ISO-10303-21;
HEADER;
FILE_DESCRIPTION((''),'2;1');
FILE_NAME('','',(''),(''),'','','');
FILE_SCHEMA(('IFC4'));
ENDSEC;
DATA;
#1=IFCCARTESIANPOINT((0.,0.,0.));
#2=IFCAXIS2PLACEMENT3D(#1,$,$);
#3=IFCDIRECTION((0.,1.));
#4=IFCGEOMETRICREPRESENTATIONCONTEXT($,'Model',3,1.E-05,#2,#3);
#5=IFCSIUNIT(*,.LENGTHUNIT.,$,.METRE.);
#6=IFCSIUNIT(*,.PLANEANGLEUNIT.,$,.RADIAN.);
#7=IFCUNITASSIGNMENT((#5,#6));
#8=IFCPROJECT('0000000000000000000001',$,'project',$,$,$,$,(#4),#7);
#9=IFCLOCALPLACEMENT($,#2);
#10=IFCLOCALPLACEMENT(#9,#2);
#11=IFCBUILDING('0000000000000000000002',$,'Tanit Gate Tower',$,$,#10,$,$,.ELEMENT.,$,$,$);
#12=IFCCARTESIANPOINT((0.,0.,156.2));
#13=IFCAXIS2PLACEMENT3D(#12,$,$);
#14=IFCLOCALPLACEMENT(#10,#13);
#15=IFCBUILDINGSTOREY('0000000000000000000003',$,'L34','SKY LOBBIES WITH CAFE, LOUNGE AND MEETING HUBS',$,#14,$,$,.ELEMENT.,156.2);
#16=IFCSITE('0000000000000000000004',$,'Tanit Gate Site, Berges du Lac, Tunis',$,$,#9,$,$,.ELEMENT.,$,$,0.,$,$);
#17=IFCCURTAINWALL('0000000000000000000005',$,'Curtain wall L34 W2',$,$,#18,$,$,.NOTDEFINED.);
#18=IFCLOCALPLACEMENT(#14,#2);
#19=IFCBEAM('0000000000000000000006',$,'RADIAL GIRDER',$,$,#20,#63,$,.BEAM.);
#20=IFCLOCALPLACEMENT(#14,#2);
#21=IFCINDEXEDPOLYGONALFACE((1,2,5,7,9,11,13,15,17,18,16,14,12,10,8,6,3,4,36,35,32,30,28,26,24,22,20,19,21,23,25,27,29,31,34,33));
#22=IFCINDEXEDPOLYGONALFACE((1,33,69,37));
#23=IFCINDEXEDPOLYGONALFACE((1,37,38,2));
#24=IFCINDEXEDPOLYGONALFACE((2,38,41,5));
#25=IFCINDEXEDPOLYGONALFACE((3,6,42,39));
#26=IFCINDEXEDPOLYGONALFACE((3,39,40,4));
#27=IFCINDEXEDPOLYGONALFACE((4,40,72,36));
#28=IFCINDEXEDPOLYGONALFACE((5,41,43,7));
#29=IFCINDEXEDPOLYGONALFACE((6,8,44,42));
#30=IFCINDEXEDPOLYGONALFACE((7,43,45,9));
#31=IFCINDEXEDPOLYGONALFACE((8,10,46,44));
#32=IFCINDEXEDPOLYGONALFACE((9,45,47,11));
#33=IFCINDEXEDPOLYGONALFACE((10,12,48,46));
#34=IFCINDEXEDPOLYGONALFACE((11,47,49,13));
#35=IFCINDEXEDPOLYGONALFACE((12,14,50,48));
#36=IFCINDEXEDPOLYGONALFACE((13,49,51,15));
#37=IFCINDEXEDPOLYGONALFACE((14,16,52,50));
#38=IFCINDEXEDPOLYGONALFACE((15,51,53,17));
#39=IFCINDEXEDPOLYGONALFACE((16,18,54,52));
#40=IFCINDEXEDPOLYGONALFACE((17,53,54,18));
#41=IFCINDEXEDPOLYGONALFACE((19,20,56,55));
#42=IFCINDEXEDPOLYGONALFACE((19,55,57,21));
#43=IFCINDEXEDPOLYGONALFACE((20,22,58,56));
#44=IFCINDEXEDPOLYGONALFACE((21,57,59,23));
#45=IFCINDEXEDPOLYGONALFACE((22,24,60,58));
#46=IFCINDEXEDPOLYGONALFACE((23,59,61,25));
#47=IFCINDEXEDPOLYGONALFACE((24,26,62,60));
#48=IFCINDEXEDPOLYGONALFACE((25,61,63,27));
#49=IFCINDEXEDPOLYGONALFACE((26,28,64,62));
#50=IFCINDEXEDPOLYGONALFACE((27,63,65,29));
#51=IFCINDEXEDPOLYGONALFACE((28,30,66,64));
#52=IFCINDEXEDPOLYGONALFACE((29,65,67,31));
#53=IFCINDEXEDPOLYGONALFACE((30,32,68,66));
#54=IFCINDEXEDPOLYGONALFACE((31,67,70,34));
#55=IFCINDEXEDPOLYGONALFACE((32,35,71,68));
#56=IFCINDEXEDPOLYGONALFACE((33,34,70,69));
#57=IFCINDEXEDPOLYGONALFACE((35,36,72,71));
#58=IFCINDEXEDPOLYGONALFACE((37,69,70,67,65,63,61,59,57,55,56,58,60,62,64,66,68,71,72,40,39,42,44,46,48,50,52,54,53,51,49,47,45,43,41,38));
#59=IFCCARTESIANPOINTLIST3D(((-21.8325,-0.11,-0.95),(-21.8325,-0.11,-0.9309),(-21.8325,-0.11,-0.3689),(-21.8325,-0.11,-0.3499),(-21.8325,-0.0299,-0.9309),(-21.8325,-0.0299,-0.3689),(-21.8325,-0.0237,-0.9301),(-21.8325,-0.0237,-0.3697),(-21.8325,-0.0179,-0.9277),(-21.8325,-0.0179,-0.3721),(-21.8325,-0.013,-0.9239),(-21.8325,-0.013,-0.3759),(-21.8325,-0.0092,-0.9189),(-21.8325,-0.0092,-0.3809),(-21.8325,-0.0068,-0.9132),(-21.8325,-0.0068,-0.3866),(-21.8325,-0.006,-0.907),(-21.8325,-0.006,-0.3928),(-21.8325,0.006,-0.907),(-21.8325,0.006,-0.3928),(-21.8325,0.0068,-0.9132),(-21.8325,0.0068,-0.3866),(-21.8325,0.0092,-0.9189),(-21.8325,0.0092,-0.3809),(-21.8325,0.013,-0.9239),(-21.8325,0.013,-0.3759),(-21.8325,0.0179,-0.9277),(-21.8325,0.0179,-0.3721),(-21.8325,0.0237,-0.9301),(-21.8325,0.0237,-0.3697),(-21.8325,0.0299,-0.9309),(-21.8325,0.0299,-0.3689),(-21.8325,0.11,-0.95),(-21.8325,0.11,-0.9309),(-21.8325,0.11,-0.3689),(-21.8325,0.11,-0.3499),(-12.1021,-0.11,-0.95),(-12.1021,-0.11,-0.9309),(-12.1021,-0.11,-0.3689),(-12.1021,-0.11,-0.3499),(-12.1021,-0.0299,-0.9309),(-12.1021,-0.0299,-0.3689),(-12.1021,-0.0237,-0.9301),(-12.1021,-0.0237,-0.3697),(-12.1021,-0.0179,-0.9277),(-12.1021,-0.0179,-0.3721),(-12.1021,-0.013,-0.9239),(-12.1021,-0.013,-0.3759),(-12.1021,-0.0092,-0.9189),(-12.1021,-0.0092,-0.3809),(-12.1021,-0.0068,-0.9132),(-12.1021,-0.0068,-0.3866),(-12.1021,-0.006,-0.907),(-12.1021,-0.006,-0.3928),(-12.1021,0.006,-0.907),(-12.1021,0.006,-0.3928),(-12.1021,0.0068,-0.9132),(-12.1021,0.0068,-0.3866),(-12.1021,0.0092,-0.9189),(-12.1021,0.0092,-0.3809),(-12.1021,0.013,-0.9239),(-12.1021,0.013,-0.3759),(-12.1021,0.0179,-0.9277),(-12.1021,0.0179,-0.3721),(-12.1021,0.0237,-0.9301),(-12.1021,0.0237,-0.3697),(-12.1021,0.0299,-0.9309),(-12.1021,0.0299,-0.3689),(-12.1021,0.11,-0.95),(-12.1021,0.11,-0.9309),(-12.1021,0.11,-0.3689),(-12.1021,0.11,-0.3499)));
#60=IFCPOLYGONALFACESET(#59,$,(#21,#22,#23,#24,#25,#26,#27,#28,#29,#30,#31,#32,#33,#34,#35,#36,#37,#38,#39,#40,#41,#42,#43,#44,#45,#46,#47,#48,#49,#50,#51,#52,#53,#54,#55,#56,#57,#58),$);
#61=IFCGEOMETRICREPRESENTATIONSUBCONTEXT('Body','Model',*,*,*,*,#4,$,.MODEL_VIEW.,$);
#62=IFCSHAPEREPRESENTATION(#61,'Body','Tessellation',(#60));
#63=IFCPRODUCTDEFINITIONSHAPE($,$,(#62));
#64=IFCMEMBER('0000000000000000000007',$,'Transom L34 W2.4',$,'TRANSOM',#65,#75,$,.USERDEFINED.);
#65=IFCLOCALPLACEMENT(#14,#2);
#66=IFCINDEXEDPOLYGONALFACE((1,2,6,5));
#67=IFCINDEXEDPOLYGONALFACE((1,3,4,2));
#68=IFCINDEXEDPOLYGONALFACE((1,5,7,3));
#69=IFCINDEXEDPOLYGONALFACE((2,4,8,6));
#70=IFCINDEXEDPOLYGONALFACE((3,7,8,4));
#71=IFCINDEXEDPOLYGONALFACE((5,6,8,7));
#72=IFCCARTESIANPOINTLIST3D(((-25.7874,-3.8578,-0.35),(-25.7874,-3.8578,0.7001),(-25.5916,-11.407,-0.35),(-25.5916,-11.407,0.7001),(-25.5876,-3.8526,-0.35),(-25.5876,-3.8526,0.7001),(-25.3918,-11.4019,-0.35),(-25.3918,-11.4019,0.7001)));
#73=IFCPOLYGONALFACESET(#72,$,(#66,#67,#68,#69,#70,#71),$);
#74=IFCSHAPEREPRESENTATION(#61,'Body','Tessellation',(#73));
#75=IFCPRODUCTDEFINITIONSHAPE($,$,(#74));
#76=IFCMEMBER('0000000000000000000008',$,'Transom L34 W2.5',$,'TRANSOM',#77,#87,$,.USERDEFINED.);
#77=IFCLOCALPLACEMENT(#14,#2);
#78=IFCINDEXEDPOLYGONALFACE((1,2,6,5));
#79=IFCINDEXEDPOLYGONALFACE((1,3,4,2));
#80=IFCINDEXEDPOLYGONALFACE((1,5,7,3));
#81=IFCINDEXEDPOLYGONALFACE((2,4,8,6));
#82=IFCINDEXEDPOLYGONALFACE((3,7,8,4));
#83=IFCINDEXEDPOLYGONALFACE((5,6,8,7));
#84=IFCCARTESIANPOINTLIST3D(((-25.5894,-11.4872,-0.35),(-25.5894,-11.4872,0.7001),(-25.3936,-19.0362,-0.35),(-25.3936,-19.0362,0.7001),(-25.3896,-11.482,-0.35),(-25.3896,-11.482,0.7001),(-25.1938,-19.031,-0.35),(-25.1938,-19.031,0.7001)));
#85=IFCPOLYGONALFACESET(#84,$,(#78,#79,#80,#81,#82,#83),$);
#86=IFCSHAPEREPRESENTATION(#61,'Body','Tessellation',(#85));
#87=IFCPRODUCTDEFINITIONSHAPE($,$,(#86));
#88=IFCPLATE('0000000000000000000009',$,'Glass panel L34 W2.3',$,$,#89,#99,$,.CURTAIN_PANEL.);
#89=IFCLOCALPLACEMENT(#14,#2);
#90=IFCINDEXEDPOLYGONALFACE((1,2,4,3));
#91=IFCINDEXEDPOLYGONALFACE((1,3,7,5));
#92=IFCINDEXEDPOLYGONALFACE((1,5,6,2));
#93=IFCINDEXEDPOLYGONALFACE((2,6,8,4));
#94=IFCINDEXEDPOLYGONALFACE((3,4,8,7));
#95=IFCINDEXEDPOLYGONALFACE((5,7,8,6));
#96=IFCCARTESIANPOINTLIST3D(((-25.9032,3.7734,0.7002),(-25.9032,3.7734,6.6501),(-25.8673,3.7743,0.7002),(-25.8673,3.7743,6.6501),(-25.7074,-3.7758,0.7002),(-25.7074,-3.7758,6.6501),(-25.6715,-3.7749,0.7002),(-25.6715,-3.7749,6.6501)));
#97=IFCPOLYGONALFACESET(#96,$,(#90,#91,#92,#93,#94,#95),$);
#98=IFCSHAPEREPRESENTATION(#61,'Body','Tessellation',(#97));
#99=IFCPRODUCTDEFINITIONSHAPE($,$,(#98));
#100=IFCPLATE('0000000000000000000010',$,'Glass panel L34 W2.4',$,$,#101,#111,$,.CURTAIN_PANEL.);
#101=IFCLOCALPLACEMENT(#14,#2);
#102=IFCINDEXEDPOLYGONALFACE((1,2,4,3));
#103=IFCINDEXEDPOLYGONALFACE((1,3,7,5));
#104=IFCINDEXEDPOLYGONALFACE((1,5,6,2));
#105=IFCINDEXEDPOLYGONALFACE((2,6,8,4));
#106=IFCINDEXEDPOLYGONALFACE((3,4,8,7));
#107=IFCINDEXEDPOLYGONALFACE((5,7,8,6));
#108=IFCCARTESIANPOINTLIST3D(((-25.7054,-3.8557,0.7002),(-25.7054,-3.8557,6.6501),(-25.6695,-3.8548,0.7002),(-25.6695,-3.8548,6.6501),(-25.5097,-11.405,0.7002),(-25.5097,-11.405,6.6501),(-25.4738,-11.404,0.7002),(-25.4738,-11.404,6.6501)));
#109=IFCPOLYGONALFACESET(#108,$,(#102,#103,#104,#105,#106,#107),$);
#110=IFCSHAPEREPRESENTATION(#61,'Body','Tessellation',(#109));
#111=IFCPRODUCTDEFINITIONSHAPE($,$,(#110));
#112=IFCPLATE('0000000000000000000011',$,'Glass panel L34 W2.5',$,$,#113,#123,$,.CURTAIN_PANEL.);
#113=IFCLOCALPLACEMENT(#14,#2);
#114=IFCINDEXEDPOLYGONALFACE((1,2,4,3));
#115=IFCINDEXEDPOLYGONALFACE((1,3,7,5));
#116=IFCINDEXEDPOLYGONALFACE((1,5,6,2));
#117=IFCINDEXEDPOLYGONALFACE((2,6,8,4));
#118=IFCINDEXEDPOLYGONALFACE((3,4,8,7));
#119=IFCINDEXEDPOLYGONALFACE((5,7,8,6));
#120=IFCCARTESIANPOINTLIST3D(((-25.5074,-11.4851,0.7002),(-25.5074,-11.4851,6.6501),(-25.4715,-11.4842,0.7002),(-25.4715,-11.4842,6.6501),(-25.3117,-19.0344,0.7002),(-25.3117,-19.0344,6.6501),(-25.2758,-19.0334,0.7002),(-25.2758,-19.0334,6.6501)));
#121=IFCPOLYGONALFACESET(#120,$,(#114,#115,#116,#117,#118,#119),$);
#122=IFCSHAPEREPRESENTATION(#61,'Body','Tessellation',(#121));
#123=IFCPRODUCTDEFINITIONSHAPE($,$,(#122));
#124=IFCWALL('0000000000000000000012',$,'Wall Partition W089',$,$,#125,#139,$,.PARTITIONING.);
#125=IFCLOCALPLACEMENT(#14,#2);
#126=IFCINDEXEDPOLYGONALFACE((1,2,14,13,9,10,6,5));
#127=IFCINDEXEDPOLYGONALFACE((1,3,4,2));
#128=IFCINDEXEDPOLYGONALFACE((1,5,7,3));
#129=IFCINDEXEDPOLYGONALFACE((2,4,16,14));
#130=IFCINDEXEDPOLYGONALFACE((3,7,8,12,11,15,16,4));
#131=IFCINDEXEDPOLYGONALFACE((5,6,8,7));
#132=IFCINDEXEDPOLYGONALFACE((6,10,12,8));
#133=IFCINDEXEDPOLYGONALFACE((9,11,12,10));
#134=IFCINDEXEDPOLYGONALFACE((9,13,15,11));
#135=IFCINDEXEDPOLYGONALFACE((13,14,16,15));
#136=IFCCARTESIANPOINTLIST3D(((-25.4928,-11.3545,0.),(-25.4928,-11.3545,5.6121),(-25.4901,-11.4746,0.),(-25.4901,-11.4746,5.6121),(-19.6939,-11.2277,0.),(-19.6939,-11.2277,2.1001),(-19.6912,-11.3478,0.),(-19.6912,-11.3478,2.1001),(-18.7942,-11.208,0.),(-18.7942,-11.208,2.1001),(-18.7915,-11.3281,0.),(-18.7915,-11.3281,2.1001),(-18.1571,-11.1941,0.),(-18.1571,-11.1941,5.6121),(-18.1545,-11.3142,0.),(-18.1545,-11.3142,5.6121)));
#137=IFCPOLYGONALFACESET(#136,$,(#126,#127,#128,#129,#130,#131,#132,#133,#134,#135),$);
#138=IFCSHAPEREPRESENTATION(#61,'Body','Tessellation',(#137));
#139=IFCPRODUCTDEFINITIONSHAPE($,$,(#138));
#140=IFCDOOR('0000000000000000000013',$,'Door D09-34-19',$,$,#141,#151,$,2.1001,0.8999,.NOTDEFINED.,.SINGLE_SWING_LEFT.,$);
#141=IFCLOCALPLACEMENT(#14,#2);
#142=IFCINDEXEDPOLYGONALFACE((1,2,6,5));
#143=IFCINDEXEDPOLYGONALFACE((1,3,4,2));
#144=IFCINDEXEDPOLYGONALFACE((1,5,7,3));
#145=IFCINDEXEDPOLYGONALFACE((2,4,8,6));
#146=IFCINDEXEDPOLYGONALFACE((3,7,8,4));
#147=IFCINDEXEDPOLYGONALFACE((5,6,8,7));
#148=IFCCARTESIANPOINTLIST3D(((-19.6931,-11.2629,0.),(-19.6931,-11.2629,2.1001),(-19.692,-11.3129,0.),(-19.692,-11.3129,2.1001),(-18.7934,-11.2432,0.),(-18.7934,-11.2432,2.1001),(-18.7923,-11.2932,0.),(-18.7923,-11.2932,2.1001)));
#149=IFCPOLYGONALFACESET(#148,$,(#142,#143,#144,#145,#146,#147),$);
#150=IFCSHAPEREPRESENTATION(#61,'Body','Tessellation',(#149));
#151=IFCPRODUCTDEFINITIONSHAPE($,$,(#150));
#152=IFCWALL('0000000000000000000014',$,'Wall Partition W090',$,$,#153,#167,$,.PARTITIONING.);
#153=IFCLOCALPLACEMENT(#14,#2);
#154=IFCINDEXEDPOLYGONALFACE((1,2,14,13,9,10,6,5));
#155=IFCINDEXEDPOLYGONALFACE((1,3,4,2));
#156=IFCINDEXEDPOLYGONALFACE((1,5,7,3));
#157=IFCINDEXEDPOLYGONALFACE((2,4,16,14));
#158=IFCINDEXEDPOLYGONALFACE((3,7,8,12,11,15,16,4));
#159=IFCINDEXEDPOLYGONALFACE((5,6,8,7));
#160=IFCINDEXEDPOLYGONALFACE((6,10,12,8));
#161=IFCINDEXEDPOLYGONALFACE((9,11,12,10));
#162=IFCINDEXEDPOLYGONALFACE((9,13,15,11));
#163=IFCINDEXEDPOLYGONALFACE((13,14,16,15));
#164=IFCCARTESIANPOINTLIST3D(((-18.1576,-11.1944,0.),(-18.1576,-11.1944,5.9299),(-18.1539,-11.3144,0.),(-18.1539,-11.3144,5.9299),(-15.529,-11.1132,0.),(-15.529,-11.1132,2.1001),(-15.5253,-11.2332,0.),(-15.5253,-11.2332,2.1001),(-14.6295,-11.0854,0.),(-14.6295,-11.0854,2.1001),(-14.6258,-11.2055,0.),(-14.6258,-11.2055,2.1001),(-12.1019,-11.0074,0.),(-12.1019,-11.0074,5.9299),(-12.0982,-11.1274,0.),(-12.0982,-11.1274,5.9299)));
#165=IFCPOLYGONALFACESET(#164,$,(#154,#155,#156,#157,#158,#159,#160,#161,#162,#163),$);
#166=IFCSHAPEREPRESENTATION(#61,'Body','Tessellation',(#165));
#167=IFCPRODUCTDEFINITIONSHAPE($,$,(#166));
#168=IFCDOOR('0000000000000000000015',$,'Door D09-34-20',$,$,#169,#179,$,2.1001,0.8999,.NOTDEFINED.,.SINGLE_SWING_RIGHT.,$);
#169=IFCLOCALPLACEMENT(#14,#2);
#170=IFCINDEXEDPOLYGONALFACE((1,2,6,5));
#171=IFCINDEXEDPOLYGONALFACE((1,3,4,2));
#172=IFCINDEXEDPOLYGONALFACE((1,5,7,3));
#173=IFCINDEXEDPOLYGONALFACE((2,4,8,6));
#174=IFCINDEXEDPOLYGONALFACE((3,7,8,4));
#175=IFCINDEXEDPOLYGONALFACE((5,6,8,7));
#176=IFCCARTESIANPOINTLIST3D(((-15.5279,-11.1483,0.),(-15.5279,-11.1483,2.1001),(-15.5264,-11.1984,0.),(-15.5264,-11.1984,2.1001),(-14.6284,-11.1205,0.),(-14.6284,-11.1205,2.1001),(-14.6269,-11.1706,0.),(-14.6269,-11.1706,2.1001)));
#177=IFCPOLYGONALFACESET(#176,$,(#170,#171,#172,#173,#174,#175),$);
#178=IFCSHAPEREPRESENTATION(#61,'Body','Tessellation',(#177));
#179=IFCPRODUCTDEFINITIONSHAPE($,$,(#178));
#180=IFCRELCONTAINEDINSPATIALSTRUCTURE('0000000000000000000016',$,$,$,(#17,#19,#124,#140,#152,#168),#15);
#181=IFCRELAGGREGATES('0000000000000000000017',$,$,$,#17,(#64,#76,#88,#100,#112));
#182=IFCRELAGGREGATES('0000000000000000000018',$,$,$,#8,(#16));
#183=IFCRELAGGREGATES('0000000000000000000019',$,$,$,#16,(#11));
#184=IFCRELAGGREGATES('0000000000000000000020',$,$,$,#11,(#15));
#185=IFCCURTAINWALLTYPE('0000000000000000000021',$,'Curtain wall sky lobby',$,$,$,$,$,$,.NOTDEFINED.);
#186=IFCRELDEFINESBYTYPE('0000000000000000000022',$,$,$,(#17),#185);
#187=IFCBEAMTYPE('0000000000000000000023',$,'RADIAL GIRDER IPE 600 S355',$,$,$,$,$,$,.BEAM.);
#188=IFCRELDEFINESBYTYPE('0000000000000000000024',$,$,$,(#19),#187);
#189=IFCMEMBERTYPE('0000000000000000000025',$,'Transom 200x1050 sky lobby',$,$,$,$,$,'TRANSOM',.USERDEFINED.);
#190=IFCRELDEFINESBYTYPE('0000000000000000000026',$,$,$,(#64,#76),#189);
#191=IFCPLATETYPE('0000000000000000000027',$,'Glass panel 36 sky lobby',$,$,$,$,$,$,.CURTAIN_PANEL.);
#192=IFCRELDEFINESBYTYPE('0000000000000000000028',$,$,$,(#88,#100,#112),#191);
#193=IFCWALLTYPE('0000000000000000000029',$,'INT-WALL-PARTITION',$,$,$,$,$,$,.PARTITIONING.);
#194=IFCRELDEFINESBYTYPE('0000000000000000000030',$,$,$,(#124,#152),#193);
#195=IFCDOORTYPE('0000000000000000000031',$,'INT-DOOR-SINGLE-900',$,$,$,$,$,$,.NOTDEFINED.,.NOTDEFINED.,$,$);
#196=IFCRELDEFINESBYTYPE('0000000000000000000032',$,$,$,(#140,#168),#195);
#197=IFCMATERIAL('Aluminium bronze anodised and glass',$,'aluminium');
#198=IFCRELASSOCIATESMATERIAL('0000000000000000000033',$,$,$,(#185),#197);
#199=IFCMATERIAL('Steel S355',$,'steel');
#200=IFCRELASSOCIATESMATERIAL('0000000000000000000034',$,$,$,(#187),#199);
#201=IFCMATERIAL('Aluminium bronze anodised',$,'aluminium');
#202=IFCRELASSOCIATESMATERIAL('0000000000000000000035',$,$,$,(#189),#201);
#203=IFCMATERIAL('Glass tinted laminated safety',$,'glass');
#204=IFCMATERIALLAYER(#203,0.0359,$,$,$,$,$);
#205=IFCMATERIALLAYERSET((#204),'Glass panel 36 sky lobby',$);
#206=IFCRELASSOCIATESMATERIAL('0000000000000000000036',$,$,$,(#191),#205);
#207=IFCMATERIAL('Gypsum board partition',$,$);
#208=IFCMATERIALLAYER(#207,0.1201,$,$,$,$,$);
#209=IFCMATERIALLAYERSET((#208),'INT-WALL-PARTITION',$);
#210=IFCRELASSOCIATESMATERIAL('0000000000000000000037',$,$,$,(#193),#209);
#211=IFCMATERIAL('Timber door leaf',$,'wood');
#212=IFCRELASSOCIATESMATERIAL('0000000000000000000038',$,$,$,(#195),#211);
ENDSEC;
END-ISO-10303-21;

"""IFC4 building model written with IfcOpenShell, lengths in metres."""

from ifc_helpers import new_model, si_unit, direction, frame, frame_2d, origin, origin_2d, place, context, subcontext, project, spatial, rectangle, i_section, extrude, material, layer, layer_set, material_profile, profile_set, type_object, element, fill, aggregate, save


model = new_model("IFC4")

# Units and contexts
model_context = context("Model", 3, precision=1e-05, world=origin(), true_north=direction((0.0, 1.0)))
body_context = subcontext(model_context, "Body", "Model", "MODEL_VIEW")
ifc_project = project(units=[si_unit("LENGTHUNIT", "METRE"), si_unit("PLANEANGLEUNIT", "RADIAN")], contexts=[model_context])

# Site, building, storey
site_placement = place(None, origin())
site = spatial("IfcSite", under=ifc_project, at=site_placement, Name="Tanit Gate Site, Berges du Lac, Tunis", CompositionType="ELEMENT", RefElevation=0.0)
building_placement = place(site_placement, origin())
building = spatial("IfcBuilding", under=site, at=building_placement, Name="Tanit Gate Tower", CompositionType="ELEMENT")
storey_placement = place(building_placement, frame((0.0, 0.0, 156.2)))
storey = spatial("IfcBuildingStorey", under=building, at=storey_placement, Name="L34", Description="SKY LOBBIES WITH CAFE, LOUNGE AND MEETING HUBS", CompositionType="ELEMENT", Elevation=156.2)

# Curtain wall
ifc_material_1 = material(Name="Aluminium bronze anodised and glass", Category="aluminium")
curtain_wall_type = type_object("IfcCurtainWallType", Name="Curtain wall sky lobby", PredefinedType="NOTDEFINED", material=ifc_material_1)
curtain_wall_placement = place(storey_placement, origin())
curtain_wall = element("IfcCurtainWall", 1, at=curtain_wall_placement, inside=storey, type_object=curtain_wall_type, Name="Curtain wall L34 W2", PredefinedType="NOTDEFINED")

# Beam
ifc_material_2 = material(Name="Steel S355", Category="steel")
ifc_material_profile_1 = material_profile(ifc_material_2, i_section(OverallWidth=0.22, OverallDepth=0.6001, WebThickness=0.012, FlangeThickness=0.019, FilletRadius=0.0239, at=origin_2d()), Name="IPE 600")
ifc_profile_set_1 = profile_set([ifc_material_profile_1], Name="Steel S355")
beam_type_1 = type_object("IfcBeamType", Name="RADIAL GIRDER IPE 600 S355", PredefinedType="BEAM", material=ifc_profile_set_1)
beam_1_placement = place(storey_placement, frame((-21.8325, 0.0, -0.6499), z_axis=(1.0, 0.0, 0.0), x_axis=(0.0, 1.0, 0.0)))
element("IfcBeam", 2, at=beam_1_placement, inside=storey, type_object=beam_type_1, Name="RADIAL GIRDER", PredefinedType="BEAM", context=body_context, shape_type="SweptSolid", body=[
    extrude(i_section(OverallWidth=0.22, OverallDepth=0.6001, WebThickness=0.012, FlangeThickness=0.019, FilletRadius=0.0239, at=origin_2d()), origin(), (0.0, 0.0, 1.0), 9.7305),
])

# Members
ifc_material_3 = material(Name="Aluminium bronze anodised", Category="aluminium")
ifc_material_profile_2 = material_profile(ifc_material_3, rectangle(XDim=0.2, YDim=1.05, at=origin_2d()), Name="200x1050 bronze transom")
ifc_profile_set_2 = profile_set([ifc_material_profile_2], Name="Aluminium bronze anodised")
member_type_1 = type_object("IfcMemberType", Name="Transom 200x1050 sky lobby", ElementType="TRANSOM", PredefinedType="USERDEFINED", material=ifc_profile_set_2)
member_1_placement = place(storey_placement, frame((-25.6875, -3.8552, 0.175), z_axis=(0.025928, -0.999664, 0.0), x_axis=(0.999664, 0.025928, 0.0)))
member_1 = element("IfcMember", 3, at=member_1_placement, type_object=member_type_1, Name="Transom L34 W2.4", ObjectType="TRANSOM", PredefinedType="USERDEFINED", context=body_context, shape_type="SweptSolid", body=[
    extrude(rectangle(XDim=0.2, YDim=1.05, at=origin_2d()), origin(), (0.0, 0.0, 1.0), 7.5518),
])
member_2_placement = place(storey_placement, frame((-25.4895, -11.4846, 0.175), z_axis=(0.025928, -0.999664, 0.0), x_axis=(0.999664, 0.025928, 0.0)))
member_2 = element("IfcMember", 4, at=member_2_placement, type_object=member_type_1, Name="Transom L34 W2.5", ObjectType="TRANSOM", PredefinedType="USERDEFINED", context=body_context, shape_type="SweptSolid", body=[
    extrude(rectangle(XDim=0.2, YDim=1.05, at=origin_2d()), origin(), (0.0, 0.0, 1.0), 7.5515),
])

# Plates
ifc_material_4 = material(Name="Glass tinted laminated safety", Category="glass")
ifc_layer_1 = layer(ifc_material_4, 0.0359)
ifc_layer_set_1 = layer_set([ifc_layer_1], Name="Glass panel 36 sky lobby")
plate_type = type_object("IfcPlateType", Name="Glass panel 36 sky lobby", PredefinedType="CURTAIN_PANEL", material=ifc_layer_set_1)
plate_1_placement = place(storey_placement, frame((-25.7874, -0.0007, 0.7002), z_axis=(0.0, 0.0, 1.0), x_axis=(0.025924, -0.999664, 0.0)))
plate_1 = element("IfcPlate", 5, at=plate_1_placement, type_object=plate_type, Name="Glass panel L34 W2.3", PredefinedType="CURTAIN_PANEL", context=body_context, shape_type="SweptSolid", body=[
    extrude(rectangle(XDim=7.5518, YDim=0.0359, at=origin_2d()), origin(), (0.0, 0.0, 1.0), 5.95),
])
plate_2_placement = place(storey_placement, frame((-25.5896, -7.6299, 0.7002), z_axis=(0.0, 0.0, 1.0), x_axis=(0.025924, -0.999664, 0.0)))
plate_2 = element("IfcPlate", 6, at=plate_2_placement, type_object=plate_type, Name="Glass panel L34 W2.4", PredefinedType="CURTAIN_PANEL", context=body_context, shape_type="SweptSolid", body=[
    extrude(rectangle(XDim=7.5518, YDim=0.0359, at=origin_2d()), origin(), (0.0, 0.0, 1.0), 5.95),
])
plate_3_placement = place(storey_placement, frame((-25.3916, -15.2593, 0.7002), z_axis=(0.0, 0.0, 1.0), x_axis=(0.025924, -0.999664, 0.0)))
plate_3 = element("IfcPlate", 7, at=plate_3_placement, type_object=plate_type, Name="Glass panel L34 W2.5", PredefinedType="CURTAIN_PANEL", context=body_context, shape_type="SweptSolid", body=[
    extrude(rectangle(XDim=7.5518, YDim=0.0359, at=origin_2d()), origin(), (0.0, 0.0, 1.0), 5.95),
])
aggregate(curtain_wall, [member_1, member_2, plate_1, plate_2, plate_3])

# Walls, openings, doors
ifc_material_5 = material(Name="Gypsum board partition")
ifc_layer_2 = layer(ifc_material_5, 0.1201)
ifc_layer_set_2 = layer_set([ifc_layer_2], Name="INT-WALL-PARTITION")
wall_type_1 = type_object("IfcWallType", Name="INT-WALL-PARTITION", PredefinedType="PARTITIONING", material=ifc_layer_set_2)
wall_1_placement = place(storey_placement, frame((-25.4915, -11.4146, 0.0), z_axis=(0.0, 0.0, 1.0), x_axis=(0.999761, 0.021861, 0.0)))
wall_1 = element("IfcWall", 8, at=wall_1_placement, inside=storey, type_object=wall_type_1, Name="Wall Partition W089", PredefinedType="PARTITIONING", context=body_context, shape_type="SweptSolid", body=[
    extrude(rectangle(XDim=7.3374, YDim=0.1201, at=frame_2d((3.6687, 0.0))), origin(), (0.0, 0.0, 1.0), 5.6121),
])
opening_1_placement = place(wall_1_placement, frame((5.8003, 0.0, 0.0)))
opening_1 = element("IfcOpeningElement", 9, at=opening_1_placement, cuts=wall_1, PredefinedType="OPENING", context=body_context, shape_type="SweptSolid", body=[
    extrude(rectangle(XDim=0.8999, YDim=2.1001, at=frame_2d((0.45, 1.05))), frame((0.0, 0.0701, 0.0), z_axis=(0.0, -1.0, 0.0), x_axis=(1.0, 0.0, 0.0)), (0.0, 0.0, 1.0), 0.1401),
])
ifc_material_6 = material(Name="Timber door leaf", Category="wood")
door_type = type_object("IfcDoorType", Name="INT-DOOR-SINGLE-900", OperationType="NOTDEFINED", PredefinedType="NOTDEFINED", material=ifc_material_6)
door_1_placement = place(opening_1_placement, origin())
door_1 = element("IfcDoor", 10, at=door_1_placement, inside=storey, type_object=door_type, Name="Door D09-34-19", OperationType="SINGLE_SWING_LEFT", OverallHeight=2.1001, OverallWidth=0.8999, PredefinedType="NOTDEFINED", context=body_context, shape_type="SweptSolid", body=[
    extrude(rectangle(XDim=0.8999, YDim=2.1001, at=frame_2d((0.45, 1.05))), frame((0.0, 0.0249, 0.0), z_axis=(0.0, -1.0, 0.0), x_axis=(1.0, 0.0, 0.0)), (0.0, 0.0, 1.0), 0.05),
])
fill(opening_1, door_1)
wall_2_placement = place(storey_placement, frame((-18.1558, -11.2544, 0.0), z_axis=(0.0, 0.0, 1.0), x_axis=(0.999523, 0.030867, 0.0)))
wall_2 = element("IfcWall", 11, at=wall_2_placement, inside=storey, type_object=wall_type_1, Name="Wall Partition W090", PredefinedType="PARTITIONING", context=body_context, shape_type="SweptSolid", body=[
    extrude(rectangle(XDim=6.0586, YDim=0.1201, at=frame_2d((3.0293, 0.0))), origin(), (0.0, 0.0, 1.0), 5.9299),
])
opening_2_placement = place(wall_2_placement, frame((2.6299, 0.0, 0.0)))
opening_2 = element("IfcOpeningElement", 12, at=opening_2_placement, cuts=wall_2, PredefinedType="OPENING", context=body_context, shape_type="SweptSolid", body=[
    extrude(rectangle(XDim=0.8999, YDim=2.1001, at=frame_2d((0.45, 1.05))), frame((0.0, 0.0701, 0.0), z_axis=(0.0, -1.0, 0.0), x_axis=(1.0, 0.0, 0.0)), (0.0, 0.0, 1.0), 0.1401),
])
door_2_placement = place(opening_2_placement, origin())
door_2 = element("IfcDoor", 13, at=door_2_placement, inside=storey, type_object=door_type, Name="Door D09-34-20", OperationType="SINGLE_SWING_RIGHT", OverallHeight=2.1001, OverallWidth=0.8999, PredefinedType="NOTDEFINED", context=body_context, shape_type="SweptSolid", body=[
    extrude(rectangle(XDim=0.8999, YDim=2.1001, at=frame_2d((0.45, 1.05))), frame((0.0, 0.0249, 0.0), z_axis=(0.0, -1.0, 0.0), x_axis=(1.0, 0.0, 0.0)), (0.0, 0.0, 1.0), 0.05),
])
fill(opening_2, door_2)

save(model, "model.ifc")
